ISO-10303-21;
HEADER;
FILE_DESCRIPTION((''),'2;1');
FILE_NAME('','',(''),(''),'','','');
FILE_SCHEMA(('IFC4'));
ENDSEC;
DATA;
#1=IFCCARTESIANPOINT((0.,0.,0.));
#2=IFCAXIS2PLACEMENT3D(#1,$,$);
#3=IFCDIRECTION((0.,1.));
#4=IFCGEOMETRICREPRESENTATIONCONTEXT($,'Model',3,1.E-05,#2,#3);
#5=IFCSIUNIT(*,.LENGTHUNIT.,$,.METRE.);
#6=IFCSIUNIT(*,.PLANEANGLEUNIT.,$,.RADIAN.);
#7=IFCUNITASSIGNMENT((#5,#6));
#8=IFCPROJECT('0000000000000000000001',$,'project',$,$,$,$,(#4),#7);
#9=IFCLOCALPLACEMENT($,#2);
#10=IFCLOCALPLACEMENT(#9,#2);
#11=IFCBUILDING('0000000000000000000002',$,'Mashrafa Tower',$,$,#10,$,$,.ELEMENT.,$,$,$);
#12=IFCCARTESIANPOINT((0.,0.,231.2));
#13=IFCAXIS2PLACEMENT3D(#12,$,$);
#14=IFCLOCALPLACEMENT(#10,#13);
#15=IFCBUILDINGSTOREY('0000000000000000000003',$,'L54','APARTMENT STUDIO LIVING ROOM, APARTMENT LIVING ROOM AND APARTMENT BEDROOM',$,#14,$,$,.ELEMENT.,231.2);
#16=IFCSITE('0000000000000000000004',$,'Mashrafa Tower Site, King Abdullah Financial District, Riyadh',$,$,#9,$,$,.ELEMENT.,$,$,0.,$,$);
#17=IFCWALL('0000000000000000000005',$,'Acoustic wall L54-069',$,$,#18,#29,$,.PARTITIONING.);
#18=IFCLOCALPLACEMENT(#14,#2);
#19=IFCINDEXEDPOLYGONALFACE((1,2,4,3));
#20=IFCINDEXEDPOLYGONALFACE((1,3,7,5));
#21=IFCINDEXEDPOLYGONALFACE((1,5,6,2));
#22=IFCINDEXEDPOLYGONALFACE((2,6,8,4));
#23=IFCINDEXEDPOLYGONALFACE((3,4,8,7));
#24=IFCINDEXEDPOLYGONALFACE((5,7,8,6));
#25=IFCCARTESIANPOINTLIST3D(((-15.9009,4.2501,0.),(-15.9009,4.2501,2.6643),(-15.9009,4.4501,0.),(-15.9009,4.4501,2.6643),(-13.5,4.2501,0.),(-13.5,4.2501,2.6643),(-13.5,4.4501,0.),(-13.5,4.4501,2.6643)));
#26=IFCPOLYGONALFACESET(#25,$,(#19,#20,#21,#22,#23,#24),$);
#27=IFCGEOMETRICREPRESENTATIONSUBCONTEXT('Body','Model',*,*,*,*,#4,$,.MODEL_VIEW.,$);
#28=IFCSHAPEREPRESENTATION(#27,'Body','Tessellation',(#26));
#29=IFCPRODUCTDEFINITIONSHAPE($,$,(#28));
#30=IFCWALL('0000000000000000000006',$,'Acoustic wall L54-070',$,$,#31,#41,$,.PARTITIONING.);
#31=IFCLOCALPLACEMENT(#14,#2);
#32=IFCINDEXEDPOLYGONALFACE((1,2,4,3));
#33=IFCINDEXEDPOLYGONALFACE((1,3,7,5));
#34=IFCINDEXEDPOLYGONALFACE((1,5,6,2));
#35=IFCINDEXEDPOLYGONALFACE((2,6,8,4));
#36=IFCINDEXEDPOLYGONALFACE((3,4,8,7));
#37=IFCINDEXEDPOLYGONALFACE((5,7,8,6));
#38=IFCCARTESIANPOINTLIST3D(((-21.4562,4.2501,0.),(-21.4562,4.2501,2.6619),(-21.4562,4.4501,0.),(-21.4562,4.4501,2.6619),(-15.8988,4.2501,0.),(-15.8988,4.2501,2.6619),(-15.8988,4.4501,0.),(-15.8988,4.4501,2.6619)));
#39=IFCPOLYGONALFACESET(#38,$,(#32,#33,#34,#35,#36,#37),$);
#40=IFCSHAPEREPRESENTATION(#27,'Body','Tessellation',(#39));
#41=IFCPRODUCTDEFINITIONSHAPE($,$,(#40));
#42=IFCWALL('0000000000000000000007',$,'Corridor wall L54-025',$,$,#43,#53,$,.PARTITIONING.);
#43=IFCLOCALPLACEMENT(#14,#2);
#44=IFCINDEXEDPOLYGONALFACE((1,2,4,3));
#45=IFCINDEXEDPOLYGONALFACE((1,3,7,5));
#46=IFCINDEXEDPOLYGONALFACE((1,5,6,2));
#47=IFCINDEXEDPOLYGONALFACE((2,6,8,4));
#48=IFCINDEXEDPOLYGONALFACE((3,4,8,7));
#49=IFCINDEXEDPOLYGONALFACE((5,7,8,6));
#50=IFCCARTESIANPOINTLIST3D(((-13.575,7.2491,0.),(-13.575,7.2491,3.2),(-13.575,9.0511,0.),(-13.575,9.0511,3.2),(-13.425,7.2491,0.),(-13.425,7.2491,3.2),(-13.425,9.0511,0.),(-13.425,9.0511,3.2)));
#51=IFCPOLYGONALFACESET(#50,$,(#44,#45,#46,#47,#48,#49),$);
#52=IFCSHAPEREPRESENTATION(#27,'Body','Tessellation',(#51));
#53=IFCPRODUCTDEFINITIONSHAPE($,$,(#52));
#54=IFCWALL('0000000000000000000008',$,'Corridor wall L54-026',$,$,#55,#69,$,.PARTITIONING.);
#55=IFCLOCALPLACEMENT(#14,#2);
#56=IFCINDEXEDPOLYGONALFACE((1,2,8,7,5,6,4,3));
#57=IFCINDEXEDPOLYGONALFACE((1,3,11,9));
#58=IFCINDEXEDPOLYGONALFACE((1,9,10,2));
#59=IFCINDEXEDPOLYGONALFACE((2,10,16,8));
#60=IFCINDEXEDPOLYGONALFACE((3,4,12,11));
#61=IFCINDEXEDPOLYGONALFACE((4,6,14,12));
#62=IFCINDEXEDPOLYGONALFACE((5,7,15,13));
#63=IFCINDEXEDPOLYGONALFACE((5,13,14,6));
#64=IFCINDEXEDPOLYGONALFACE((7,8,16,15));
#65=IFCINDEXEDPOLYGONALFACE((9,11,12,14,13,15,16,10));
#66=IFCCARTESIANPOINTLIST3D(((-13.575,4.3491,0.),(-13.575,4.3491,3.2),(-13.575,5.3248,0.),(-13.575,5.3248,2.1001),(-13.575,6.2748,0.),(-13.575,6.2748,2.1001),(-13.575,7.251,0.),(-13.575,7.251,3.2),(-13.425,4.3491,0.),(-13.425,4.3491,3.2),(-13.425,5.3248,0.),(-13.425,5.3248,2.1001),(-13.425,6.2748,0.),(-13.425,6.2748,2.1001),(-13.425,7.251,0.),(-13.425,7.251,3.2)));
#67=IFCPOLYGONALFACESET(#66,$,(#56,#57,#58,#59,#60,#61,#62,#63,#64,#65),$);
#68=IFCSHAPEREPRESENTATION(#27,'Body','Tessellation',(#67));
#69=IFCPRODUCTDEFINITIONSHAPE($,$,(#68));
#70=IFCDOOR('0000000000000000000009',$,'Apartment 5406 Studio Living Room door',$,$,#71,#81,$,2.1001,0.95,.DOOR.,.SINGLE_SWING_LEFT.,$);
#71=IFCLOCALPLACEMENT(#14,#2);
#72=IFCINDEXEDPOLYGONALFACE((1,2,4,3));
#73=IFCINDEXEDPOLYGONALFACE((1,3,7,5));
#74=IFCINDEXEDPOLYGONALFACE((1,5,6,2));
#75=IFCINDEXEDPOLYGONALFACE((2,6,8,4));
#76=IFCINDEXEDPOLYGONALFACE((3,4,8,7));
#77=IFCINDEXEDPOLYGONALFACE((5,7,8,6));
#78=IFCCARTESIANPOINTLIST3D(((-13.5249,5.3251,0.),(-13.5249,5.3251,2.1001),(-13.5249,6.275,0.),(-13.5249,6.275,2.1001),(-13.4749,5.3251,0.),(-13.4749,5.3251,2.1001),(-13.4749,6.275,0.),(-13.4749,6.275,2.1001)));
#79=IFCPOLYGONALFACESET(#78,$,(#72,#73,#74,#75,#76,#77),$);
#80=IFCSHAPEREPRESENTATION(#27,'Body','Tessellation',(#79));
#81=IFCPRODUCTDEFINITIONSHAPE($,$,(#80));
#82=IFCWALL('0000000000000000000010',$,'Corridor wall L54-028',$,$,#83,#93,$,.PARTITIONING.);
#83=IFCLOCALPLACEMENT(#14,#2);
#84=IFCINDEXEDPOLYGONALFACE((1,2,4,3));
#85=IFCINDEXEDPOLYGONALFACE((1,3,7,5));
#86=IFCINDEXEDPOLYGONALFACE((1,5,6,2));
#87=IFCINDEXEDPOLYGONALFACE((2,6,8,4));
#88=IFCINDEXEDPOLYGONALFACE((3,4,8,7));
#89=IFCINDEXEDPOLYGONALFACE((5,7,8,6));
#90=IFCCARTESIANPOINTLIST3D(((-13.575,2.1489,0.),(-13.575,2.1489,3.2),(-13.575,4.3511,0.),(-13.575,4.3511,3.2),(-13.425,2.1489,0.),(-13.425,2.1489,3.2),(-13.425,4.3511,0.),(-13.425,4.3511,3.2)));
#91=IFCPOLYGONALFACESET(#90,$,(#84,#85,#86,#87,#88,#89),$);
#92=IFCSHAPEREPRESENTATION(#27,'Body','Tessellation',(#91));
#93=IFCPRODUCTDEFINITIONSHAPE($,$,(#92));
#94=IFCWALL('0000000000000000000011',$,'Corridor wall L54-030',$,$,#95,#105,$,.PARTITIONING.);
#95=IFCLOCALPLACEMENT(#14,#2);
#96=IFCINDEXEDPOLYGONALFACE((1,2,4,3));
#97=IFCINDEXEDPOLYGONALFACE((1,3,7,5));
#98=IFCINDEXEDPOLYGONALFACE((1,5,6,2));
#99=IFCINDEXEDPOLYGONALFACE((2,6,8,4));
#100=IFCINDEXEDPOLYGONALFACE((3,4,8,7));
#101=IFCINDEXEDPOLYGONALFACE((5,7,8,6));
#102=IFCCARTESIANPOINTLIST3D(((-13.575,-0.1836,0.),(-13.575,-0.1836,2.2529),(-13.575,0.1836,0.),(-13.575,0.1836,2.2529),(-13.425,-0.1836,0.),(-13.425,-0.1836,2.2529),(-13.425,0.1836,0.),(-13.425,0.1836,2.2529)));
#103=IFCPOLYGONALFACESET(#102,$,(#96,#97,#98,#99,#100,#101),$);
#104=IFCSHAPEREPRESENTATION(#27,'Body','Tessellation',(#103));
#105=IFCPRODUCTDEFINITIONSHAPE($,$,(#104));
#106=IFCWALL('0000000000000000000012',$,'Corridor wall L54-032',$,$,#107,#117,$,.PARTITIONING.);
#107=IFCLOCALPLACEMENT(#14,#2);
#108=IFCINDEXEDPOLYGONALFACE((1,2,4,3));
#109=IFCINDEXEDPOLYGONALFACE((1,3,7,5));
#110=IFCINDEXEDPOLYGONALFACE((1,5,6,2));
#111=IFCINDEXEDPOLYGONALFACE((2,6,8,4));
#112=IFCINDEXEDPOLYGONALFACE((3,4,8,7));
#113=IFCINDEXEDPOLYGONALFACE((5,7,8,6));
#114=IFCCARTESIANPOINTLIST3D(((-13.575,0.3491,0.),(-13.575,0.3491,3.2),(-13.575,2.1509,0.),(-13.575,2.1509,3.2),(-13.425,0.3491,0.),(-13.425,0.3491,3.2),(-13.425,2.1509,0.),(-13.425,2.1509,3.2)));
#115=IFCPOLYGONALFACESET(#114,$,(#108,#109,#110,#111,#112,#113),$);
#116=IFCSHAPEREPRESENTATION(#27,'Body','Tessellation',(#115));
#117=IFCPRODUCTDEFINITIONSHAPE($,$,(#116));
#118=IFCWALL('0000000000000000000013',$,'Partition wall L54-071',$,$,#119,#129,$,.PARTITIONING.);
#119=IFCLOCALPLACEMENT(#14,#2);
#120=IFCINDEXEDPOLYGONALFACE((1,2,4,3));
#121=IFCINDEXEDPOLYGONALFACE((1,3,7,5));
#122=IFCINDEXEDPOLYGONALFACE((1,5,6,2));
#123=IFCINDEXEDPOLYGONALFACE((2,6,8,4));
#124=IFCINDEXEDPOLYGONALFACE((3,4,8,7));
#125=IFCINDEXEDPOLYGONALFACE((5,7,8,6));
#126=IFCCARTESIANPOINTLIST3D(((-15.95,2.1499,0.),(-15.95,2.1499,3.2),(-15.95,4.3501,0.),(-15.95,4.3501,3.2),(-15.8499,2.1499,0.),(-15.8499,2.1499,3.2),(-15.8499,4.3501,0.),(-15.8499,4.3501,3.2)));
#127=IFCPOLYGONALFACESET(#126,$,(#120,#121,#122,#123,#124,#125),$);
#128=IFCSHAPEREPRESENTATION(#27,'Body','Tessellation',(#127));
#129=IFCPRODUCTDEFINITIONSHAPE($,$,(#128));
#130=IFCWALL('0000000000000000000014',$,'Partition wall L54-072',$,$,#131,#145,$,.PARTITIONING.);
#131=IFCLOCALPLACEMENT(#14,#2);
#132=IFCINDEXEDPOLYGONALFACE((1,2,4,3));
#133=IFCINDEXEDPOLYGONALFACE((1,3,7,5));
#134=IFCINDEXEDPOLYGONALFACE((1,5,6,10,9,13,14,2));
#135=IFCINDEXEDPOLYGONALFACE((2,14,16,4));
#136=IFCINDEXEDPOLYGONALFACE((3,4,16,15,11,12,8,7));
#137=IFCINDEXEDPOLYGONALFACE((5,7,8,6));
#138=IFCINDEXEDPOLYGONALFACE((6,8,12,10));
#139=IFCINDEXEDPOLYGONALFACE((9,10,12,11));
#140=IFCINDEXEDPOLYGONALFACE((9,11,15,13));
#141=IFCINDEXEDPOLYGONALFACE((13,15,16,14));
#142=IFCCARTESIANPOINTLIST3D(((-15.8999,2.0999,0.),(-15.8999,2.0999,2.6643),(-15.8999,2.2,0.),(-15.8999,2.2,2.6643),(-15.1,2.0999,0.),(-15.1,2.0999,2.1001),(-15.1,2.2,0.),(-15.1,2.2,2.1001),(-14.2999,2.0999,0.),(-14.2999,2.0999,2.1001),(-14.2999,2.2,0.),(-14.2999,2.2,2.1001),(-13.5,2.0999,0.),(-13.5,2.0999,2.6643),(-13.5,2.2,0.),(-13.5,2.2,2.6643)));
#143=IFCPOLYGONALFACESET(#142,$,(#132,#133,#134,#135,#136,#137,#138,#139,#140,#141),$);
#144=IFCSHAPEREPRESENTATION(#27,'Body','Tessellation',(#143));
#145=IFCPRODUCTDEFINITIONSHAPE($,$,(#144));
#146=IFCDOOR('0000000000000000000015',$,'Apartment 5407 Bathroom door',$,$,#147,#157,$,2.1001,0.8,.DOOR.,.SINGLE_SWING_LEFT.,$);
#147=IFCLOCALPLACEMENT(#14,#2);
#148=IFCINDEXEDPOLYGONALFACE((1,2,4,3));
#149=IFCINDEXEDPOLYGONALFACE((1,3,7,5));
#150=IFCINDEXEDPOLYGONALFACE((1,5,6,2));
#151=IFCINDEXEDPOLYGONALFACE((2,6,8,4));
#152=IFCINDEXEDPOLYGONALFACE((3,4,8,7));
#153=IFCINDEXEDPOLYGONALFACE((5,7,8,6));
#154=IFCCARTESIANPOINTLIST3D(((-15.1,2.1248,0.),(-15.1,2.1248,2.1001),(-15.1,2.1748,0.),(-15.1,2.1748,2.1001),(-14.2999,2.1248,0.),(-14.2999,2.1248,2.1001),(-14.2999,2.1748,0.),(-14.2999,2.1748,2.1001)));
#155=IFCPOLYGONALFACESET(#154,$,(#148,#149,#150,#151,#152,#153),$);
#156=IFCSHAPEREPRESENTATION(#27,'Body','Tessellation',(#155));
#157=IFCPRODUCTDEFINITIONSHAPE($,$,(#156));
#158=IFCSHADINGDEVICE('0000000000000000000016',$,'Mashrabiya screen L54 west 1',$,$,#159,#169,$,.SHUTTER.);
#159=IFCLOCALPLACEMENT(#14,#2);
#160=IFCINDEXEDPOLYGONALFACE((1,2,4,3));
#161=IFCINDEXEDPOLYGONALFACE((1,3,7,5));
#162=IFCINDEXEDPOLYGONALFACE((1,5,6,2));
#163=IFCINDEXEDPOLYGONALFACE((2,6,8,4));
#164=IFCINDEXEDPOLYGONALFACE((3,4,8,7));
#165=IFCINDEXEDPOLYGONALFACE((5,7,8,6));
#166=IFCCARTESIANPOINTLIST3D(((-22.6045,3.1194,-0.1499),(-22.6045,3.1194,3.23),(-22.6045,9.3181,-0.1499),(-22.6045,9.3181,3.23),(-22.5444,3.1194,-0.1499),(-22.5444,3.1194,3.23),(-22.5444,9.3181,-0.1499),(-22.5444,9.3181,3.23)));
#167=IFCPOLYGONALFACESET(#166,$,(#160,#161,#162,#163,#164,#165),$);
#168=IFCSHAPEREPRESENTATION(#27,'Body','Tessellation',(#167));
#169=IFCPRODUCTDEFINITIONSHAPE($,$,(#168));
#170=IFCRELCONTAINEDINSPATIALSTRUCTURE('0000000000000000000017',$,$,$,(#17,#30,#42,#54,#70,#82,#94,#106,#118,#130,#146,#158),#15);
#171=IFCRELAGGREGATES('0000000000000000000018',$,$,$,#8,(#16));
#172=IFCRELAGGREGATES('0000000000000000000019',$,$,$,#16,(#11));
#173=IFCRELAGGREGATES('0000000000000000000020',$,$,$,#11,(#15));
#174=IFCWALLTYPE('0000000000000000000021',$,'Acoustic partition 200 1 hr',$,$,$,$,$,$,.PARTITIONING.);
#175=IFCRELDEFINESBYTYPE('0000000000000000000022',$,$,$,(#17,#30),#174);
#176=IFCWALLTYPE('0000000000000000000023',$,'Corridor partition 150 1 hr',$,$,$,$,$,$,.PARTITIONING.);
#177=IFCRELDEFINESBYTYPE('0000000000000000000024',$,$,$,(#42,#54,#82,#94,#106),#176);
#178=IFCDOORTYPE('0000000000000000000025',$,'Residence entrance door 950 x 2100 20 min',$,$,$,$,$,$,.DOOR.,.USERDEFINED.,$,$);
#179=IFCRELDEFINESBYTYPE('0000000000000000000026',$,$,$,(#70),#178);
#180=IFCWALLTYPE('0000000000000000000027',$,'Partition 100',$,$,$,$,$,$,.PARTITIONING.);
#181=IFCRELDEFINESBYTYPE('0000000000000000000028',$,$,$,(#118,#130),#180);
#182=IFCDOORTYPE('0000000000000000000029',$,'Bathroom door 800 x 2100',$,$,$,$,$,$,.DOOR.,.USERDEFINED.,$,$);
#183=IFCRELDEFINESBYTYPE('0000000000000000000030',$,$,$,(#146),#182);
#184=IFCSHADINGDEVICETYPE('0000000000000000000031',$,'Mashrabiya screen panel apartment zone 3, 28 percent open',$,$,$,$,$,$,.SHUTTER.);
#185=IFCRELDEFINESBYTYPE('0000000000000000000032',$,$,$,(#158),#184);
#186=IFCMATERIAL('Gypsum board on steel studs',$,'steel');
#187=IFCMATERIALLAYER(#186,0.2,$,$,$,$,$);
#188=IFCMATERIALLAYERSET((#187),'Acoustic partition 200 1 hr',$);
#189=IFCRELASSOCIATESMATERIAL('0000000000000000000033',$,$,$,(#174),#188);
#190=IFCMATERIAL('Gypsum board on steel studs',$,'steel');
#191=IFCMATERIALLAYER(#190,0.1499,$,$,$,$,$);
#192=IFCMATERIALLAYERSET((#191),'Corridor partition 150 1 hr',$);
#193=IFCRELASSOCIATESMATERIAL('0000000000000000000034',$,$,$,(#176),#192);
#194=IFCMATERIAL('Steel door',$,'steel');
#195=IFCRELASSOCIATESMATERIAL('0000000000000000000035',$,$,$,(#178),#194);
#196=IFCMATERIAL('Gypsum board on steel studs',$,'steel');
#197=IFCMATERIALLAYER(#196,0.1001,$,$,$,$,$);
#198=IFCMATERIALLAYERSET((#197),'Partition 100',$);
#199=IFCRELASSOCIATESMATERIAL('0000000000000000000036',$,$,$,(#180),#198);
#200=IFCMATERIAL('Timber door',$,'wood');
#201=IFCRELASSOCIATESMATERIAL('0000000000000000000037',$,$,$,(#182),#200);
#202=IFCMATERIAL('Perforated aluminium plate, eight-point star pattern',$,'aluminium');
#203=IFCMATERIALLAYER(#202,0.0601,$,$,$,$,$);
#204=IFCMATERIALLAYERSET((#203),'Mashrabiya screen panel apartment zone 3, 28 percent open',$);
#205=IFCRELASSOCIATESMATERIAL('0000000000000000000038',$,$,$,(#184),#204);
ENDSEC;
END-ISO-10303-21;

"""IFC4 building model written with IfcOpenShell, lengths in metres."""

from ifc_helpers import new_model, si_unit, direction, frame, frame_2d, origin, origin_2d, place, context, subcontext, project, spatial, rectangle, extrude, source, transform, mapped, material, layer, layer_set, type_object, type_shapes, element, fill, save


model = new_model("IFC4")

# Units and contexts
model_context = context("Model", 3, precision=1e-05, world=origin(), true_north=direction((0.0, 1.0)))
body_context = subcontext(model_context, "Body", "Model", "MODEL_VIEW")
ifc_project = project(units=[si_unit("LENGTHUNIT", "METRE"), si_unit("PLANEANGLEUNIT", "RADIAN")], contexts=[model_context])

# Site, building, storey
site_placement = place(None, origin())
site = spatial("IfcSite", under=ifc_project, at=site_placement, Name="Mashrafa Tower Site, King Abdullah Financial District, Riyadh", CompositionType="ELEMENT", RefElevation=0.0)
building_placement = place(site_placement, origin())
building = spatial("IfcBuilding", under=site, at=building_placement, Name="Mashrafa Tower", CompositionType="ELEMENT")
storey_placement = place(building_placement, frame((0.0, 0.0, 231.2)))
storey = spatial("IfcBuildingStorey", under=building, at=storey_placement, Name="L54", Description="APARTMENT STUDIO LIVING ROOM, APARTMENT LIVING ROOM AND APARTMENT BEDROOM", CompositionType="ELEMENT", Elevation=231.2)

# Walls
ifc_material_1 = material(Name="Gypsum board on steel studs", Category="steel")
ifc_layer_1 = layer(ifc_material_1, 0.2)
ifc_layer_set_1 = layer_set([ifc_layer_1], Name="Acoustic partition 200 1 hr")
wall_type_1 = type_object("IfcWallType", Name="Acoustic partition 200 1 hr", PredefinedType="PARTITIONING", material=ifc_layer_set_1)
wall_1_placement = place(storey_placement, frame((-15.9009, 4.3501, 0.0), z_axis=(0.0, 0.0, 1.0), x_axis=(1.0, 0.0, 0.0)))
element("IfcWall", 1, at=wall_1_placement, inside=storey, type_object=wall_type_1, Name="Acoustic wall L54-069", PredefinedType="PARTITIONING", context=body_context, shape_type="SweptSolid", body=[
    extrude(rectangle(XDim=2.4009, YDim=0.2, at=frame_2d((1.2004, 0.0))), origin(), (0.0, 0.0, 1.0), 2.6643),
])
wall_2_placement = place(storey_placement, frame((-21.4563, 4.3501, 0.0), z_axis=(0.0, 0.0, 1.0), x_axis=(1.0, 0.0, 0.0)))
element("IfcWall", 2, at=wall_2_placement, inside=storey, type_object=wall_type_1, Name="Acoustic wall L54-070", PredefinedType="PARTITIONING", context=body_context, shape_type="SweptSolid", body=[
    extrude(rectangle(XDim=5.5574, YDim=0.2, at=frame_2d((2.7788, 0.0))), origin(), (0.0, 0.0, 1.0), 2.6619),
])
ifc_material_2 = material(Name="Gypsum board on steel studs", Category="steel")
ifc_layer_2 = layer(ifc_material_2, 0.1499)
ifc_layer_set_2 = layer_set([ifc_layer_2], Name="Corridor partition 150 1 hr")
wall_type_2 = type_object("IfcWallType", Name="Corridor partition 150 1 hr", PredefinedType="PARTITIONING", material=ifc_layer_set_2)
wall_3_placement = place(storey_placement, frame((-13.5, 9.051, 0.0), z_axis=(0.0, 0.0, 1.0), x_axis=(0.0, -1.0, 0.0)))
element("IfcWall", 3, at=wall_3_placement, inside=storey, type_object=wall_type_2, Name="Corridor wall L54-025", PredefinedType="PARTITIONING", context=body_context, shape_type="SweptSolid", body=[
    extrude(rectangle(XDim=1.802, YDim=0.1499, at=frame_2d((0.9009, 0.0))), origin(), (0.0, 0.0, 1.0), 3.2),
])

# Wall, opening, door
wall_4_placement = place(storey_placement, frame((-13.5, 7.251, 0.0), z_axis=(0.0, 0.0, 1.0), x_axis=(0.0, -1.0, 0.0)))
wall_4 = element("IfcWall", 4, at=wall_4_placement, inside=storey, type_object=wall_type_2, Name="Corridor wall L54-026", PredefinedType="PARTITIONING", context=body_context, shape_type="SweptSolid", body=[
    extrude(rectangle(XDim=2.9019, YDim=0.1499, at=frame_2d((1.4509, 0.0))), origin(), (0.0, 0.0, 1.0), 3.2),
])
opening_1_placement = place(wall_4_placement, frame((0.9761, 0.0, 0.0)))
opening_1 = element("IfcOpeningElement", 5, at=opening_1_placement, cuts=wall_4, PredefinedType="OPENING", context=body_context, shape_type="SweptSolid", body=[
    extrude(rectangle(XDim=0.95, YDim=2.1001, at=frame_2d((0.4751, 1.05))), frame((0.0, 0.085, 0.0), z_axis=(0.0, -1.0, 0.0), x_axis=(1.0, 0.0, 0.0)), (0.0, 0.0, 1.0), 0.1699),
])
ifc_material_3 = material(Name="Steel door", Category="steel")
door_type_1 = type_object("IfcDoorType", Name="Residence entrance door 950 x 2100 20 min", OperationType="USERDEFINED", PredefinedType="DOOR", material=ifc_material_3)
door_1_placement = place(opening_1_placement, frame((0.95, 0.0, 0.0), z_axis=(0.0, 0.0, 1.0), x_axis=(-1.0, 0.0, 0.0)))
door_1 = element("IfcDoor", 6, at=door_1_placement, inside=storey, type_object=door_type_1, Name="Apartment 5406 Studio Living Room door", OperationType="SINGLE_SWING_LEFT", OverallHeight=2.1001, OverallWidth=0.95, PredefinedType="DOOR", context=body_context, shape_type="SweptSolid", body=[
    extrude(rectangle(XDim=0.95, YDim=2.1001, at=frame_2d((0.4751, 1.05))), frame((0.0, 0.0249, 0.0), z_axis=(0.0, -1.0, 0.0), x_axis=(1.0, 0.0, 0.0)), (0.0, 0.0, 1.0), 0.05),
])
fill(opening_1, door_1)

# Walls
wall_5_placement = place(storey_placement, frame((-13.5, 4.3511, 0.0), z_axis=(0.0, 0.0, 1.0), x_axis=(0.0, -1.0, 0.0)))
element("IfcWall", 7, at=wall_5_placement, inside=storey, type_object=wall_type_2, Name="Corridor wall L54-028", PredefinedType="PARTITIONING", context=body_context, shape_type="SweptSolid", body=[
    extrude(rectangle(XDim=2.2021, YDim=0.1499, at=frame_2d((1.1011, 0.0))), origin(), (0.0, 0.0, 1.0), 3.2),
])
wall_6_placement = place(storey_placement, frame((-13.5, 0.1836, 0.0), z_axis=(0.0, 0.0, 1.0), x_axis=(0.0, -1.0, 0.0)))
element("IfcWall", 8, at=wall_6_placement, inside=storey, type_object=wall_type_2, Name="Corridor wall L54-030", PredefinedType="PARTITIONING", context=body_context, shape_type="SweptSolid", body=[
    extrude(rectangle(XDim=0.3672, YDim=0.1499, at=frame_2d((0.1836, 0.0))), origin(), (0.0, 0.0, 1.0), 2.2529),
])
wall_7_placement = place(storey_placement, frame((-13.5, 2.1509, 0.0), z_axis=(0.0, 0.0, 1.0), x_axis=(0.0, -1.0, 0.0)))
element("IfcWall", 9, at=wall_7_placement, inside=storey, type_object=wall_type_2, Name="Corridor wall L54-032", PredefinedType="PARTITIONING", context=body_context, shape_type="SweptSolid", body=[
    extrude(rectangle(XDim=1.8018, YDim=0.1499, at=frame_2d((0.9009, 0.0))), origin(), (0.0, 0.0, 1.0), 3.2),
])
ifc_material_4 = material(Name="Gypsum board on steel studs", Category="steel")
ifc_layer_3 = layer(ifc_material_4, 0.1001)
ifc_layer_set_3 = layer_set([ifc_layer_3], Name="Partition 100")
wall_type_3 = type_object("IfcWallType", Name="Partition 100", PredefinedType="PARTITIONING", material=ifc_layer_set_3)
wall_8_placement = place(storey_placement, frame((-15.8999, 4.3501, 0.0), z_axis=(0.0, 0.0, 1.0), x_axis=(0.0, -1.0, 0.0)))
element("IfcWall", 10, at=wall_8_placement, inside=storey, type_object=wall_type_3, Name="Partition wall L54-071", PredefinedType="PARTITIONING", context=body_context, shape_type="SweptSolid", body=[
    extrude(rectangle(XDim=2.2002, YDim=0.1001, at=frame_2d((1.1001, 0.0))), origin(), (0.0, 0.0, 1.0), 3.2),
])

# Wall, opening, door
wall_9_placement = place(storey_placement, frame((-15.8999, 2.1499, 0.0), z_axis=(0.0, 0.0, 1.0), x_axis=(1.0, 0.0, 0.0)))
wall_9 = element("IfcWall", 11, at=wall_9_placement, inside=storey, type_object=wall_type_3, Name="Partition wall L54-072", PredefinedType="PARTITIONING", context=body_context, shape_type="SweptSolid", body=[
    extrude(rectangle(XDim=2.3999, YDim=0.1001, at=frame_2d((1.2, 0.0))), origin(), (0.0, 0.0, 1.0), 2.6643),
])
opening_2_placement = place(wall_9_placement, frame((0.8, 0.0, 0.0)))
opening_2 = element("IfcOpeningElement", 12, at=opening_2_placement, cuts=wall_9, PredefinedType="OPENING", context=body_context, shape_type="SweptSolid", body=[
    extrude(rectangle(XDim=0.8, YDim=2.1001, at=frame_2d((0.3999, 1.05))), frame((0.0, 0.0601, 0.0), z_axis=(0.0, -1.0, 0.0), x_axis=(1.0, 0.0, 0.0)), (0.0, 0.0, 1.0), 0.1201),
])
ifc_material_5 = material(Name="Timber door", Category="wood")
door_type_2 = type_object("IfcDoorType", Name="Bathroom door 800 x 2100", OperationType="USERDEFINED", PredefinedType="DOOR", material=ifc_material_5)
door_2_placement = place(opening_2_placement, origin())
door_2 = element("IfcDoor", 13, at=door_2_placement, inside=storey, type_object=door_type_2, Name="Apartment 5407 Bathroom door", OperationType="SINGLE_SWING_LEFT", OverallHeight=2.1001, OverallWidth=0.8, PredefinedType="DOOR", context=body_context, shape_type="SweptSolid", body=[
    extrude(rectangle(XDim=0.8, YDim=2.1001, at=frame_2d((0.3999, 1.05))), frame((0.0, 0.0249, 0.0), z_axis=(0.0, -1.0, 0.0), x_axis=(1.0, 0.0, 0.0)), (0.0, 0.0, 1.0), 0.05),
])
fill(opening_2, door_2)

# Shading device
ifc_material_6 = material(Name="Perforated aluminium plate, eight-point star pattern", Category="aluminium")
ifc_layer_4 = layer(ifc_material_6, 0.0601)
ifc_layer_set_4 = layer_set([ifc_layer_4], Name="Mashrabiya screen panel apartment zone 3, 28 percent open")
shading_device_type = type_object("IfcShadingDeviceType", Name="Mashrabiya screen panel apartment zone 3, 28 percent open", PredefinedType="SHUTTER", material=ifc_layer_set_4)
shared_shape_1 = source(origin(), body_context, "Body", "SweptSolid", [
    extrude(rectangle(XDim=6.1987, YDim=0.0601, at=origin_2d()), origin(), (0.0, 0.0, 1.0), 3.3799),
])
type_shapes(shading_device_type, [shared_shape_1])
shading_device_placement = place(storey_placement, frame((-22.5745, 6.2188, -0.1499), z_axis=(0.0, 0.0, 1.0), x_axis=(0.0, -1.0, 0.0)))
element("IfcShadingDevice", 14, at=shading_device_placement, inside=storey, type_object=shading_device_type, Name="Mashrabiya screen L54 west 1", PredefinedType="SHUTTER", context=body_context, shape_type="MappedRepresentation", body=[
    mapped(shared_shape_1, transform((0.0, 0.0, 0.0))),
])

save(model, "model.ifc")
